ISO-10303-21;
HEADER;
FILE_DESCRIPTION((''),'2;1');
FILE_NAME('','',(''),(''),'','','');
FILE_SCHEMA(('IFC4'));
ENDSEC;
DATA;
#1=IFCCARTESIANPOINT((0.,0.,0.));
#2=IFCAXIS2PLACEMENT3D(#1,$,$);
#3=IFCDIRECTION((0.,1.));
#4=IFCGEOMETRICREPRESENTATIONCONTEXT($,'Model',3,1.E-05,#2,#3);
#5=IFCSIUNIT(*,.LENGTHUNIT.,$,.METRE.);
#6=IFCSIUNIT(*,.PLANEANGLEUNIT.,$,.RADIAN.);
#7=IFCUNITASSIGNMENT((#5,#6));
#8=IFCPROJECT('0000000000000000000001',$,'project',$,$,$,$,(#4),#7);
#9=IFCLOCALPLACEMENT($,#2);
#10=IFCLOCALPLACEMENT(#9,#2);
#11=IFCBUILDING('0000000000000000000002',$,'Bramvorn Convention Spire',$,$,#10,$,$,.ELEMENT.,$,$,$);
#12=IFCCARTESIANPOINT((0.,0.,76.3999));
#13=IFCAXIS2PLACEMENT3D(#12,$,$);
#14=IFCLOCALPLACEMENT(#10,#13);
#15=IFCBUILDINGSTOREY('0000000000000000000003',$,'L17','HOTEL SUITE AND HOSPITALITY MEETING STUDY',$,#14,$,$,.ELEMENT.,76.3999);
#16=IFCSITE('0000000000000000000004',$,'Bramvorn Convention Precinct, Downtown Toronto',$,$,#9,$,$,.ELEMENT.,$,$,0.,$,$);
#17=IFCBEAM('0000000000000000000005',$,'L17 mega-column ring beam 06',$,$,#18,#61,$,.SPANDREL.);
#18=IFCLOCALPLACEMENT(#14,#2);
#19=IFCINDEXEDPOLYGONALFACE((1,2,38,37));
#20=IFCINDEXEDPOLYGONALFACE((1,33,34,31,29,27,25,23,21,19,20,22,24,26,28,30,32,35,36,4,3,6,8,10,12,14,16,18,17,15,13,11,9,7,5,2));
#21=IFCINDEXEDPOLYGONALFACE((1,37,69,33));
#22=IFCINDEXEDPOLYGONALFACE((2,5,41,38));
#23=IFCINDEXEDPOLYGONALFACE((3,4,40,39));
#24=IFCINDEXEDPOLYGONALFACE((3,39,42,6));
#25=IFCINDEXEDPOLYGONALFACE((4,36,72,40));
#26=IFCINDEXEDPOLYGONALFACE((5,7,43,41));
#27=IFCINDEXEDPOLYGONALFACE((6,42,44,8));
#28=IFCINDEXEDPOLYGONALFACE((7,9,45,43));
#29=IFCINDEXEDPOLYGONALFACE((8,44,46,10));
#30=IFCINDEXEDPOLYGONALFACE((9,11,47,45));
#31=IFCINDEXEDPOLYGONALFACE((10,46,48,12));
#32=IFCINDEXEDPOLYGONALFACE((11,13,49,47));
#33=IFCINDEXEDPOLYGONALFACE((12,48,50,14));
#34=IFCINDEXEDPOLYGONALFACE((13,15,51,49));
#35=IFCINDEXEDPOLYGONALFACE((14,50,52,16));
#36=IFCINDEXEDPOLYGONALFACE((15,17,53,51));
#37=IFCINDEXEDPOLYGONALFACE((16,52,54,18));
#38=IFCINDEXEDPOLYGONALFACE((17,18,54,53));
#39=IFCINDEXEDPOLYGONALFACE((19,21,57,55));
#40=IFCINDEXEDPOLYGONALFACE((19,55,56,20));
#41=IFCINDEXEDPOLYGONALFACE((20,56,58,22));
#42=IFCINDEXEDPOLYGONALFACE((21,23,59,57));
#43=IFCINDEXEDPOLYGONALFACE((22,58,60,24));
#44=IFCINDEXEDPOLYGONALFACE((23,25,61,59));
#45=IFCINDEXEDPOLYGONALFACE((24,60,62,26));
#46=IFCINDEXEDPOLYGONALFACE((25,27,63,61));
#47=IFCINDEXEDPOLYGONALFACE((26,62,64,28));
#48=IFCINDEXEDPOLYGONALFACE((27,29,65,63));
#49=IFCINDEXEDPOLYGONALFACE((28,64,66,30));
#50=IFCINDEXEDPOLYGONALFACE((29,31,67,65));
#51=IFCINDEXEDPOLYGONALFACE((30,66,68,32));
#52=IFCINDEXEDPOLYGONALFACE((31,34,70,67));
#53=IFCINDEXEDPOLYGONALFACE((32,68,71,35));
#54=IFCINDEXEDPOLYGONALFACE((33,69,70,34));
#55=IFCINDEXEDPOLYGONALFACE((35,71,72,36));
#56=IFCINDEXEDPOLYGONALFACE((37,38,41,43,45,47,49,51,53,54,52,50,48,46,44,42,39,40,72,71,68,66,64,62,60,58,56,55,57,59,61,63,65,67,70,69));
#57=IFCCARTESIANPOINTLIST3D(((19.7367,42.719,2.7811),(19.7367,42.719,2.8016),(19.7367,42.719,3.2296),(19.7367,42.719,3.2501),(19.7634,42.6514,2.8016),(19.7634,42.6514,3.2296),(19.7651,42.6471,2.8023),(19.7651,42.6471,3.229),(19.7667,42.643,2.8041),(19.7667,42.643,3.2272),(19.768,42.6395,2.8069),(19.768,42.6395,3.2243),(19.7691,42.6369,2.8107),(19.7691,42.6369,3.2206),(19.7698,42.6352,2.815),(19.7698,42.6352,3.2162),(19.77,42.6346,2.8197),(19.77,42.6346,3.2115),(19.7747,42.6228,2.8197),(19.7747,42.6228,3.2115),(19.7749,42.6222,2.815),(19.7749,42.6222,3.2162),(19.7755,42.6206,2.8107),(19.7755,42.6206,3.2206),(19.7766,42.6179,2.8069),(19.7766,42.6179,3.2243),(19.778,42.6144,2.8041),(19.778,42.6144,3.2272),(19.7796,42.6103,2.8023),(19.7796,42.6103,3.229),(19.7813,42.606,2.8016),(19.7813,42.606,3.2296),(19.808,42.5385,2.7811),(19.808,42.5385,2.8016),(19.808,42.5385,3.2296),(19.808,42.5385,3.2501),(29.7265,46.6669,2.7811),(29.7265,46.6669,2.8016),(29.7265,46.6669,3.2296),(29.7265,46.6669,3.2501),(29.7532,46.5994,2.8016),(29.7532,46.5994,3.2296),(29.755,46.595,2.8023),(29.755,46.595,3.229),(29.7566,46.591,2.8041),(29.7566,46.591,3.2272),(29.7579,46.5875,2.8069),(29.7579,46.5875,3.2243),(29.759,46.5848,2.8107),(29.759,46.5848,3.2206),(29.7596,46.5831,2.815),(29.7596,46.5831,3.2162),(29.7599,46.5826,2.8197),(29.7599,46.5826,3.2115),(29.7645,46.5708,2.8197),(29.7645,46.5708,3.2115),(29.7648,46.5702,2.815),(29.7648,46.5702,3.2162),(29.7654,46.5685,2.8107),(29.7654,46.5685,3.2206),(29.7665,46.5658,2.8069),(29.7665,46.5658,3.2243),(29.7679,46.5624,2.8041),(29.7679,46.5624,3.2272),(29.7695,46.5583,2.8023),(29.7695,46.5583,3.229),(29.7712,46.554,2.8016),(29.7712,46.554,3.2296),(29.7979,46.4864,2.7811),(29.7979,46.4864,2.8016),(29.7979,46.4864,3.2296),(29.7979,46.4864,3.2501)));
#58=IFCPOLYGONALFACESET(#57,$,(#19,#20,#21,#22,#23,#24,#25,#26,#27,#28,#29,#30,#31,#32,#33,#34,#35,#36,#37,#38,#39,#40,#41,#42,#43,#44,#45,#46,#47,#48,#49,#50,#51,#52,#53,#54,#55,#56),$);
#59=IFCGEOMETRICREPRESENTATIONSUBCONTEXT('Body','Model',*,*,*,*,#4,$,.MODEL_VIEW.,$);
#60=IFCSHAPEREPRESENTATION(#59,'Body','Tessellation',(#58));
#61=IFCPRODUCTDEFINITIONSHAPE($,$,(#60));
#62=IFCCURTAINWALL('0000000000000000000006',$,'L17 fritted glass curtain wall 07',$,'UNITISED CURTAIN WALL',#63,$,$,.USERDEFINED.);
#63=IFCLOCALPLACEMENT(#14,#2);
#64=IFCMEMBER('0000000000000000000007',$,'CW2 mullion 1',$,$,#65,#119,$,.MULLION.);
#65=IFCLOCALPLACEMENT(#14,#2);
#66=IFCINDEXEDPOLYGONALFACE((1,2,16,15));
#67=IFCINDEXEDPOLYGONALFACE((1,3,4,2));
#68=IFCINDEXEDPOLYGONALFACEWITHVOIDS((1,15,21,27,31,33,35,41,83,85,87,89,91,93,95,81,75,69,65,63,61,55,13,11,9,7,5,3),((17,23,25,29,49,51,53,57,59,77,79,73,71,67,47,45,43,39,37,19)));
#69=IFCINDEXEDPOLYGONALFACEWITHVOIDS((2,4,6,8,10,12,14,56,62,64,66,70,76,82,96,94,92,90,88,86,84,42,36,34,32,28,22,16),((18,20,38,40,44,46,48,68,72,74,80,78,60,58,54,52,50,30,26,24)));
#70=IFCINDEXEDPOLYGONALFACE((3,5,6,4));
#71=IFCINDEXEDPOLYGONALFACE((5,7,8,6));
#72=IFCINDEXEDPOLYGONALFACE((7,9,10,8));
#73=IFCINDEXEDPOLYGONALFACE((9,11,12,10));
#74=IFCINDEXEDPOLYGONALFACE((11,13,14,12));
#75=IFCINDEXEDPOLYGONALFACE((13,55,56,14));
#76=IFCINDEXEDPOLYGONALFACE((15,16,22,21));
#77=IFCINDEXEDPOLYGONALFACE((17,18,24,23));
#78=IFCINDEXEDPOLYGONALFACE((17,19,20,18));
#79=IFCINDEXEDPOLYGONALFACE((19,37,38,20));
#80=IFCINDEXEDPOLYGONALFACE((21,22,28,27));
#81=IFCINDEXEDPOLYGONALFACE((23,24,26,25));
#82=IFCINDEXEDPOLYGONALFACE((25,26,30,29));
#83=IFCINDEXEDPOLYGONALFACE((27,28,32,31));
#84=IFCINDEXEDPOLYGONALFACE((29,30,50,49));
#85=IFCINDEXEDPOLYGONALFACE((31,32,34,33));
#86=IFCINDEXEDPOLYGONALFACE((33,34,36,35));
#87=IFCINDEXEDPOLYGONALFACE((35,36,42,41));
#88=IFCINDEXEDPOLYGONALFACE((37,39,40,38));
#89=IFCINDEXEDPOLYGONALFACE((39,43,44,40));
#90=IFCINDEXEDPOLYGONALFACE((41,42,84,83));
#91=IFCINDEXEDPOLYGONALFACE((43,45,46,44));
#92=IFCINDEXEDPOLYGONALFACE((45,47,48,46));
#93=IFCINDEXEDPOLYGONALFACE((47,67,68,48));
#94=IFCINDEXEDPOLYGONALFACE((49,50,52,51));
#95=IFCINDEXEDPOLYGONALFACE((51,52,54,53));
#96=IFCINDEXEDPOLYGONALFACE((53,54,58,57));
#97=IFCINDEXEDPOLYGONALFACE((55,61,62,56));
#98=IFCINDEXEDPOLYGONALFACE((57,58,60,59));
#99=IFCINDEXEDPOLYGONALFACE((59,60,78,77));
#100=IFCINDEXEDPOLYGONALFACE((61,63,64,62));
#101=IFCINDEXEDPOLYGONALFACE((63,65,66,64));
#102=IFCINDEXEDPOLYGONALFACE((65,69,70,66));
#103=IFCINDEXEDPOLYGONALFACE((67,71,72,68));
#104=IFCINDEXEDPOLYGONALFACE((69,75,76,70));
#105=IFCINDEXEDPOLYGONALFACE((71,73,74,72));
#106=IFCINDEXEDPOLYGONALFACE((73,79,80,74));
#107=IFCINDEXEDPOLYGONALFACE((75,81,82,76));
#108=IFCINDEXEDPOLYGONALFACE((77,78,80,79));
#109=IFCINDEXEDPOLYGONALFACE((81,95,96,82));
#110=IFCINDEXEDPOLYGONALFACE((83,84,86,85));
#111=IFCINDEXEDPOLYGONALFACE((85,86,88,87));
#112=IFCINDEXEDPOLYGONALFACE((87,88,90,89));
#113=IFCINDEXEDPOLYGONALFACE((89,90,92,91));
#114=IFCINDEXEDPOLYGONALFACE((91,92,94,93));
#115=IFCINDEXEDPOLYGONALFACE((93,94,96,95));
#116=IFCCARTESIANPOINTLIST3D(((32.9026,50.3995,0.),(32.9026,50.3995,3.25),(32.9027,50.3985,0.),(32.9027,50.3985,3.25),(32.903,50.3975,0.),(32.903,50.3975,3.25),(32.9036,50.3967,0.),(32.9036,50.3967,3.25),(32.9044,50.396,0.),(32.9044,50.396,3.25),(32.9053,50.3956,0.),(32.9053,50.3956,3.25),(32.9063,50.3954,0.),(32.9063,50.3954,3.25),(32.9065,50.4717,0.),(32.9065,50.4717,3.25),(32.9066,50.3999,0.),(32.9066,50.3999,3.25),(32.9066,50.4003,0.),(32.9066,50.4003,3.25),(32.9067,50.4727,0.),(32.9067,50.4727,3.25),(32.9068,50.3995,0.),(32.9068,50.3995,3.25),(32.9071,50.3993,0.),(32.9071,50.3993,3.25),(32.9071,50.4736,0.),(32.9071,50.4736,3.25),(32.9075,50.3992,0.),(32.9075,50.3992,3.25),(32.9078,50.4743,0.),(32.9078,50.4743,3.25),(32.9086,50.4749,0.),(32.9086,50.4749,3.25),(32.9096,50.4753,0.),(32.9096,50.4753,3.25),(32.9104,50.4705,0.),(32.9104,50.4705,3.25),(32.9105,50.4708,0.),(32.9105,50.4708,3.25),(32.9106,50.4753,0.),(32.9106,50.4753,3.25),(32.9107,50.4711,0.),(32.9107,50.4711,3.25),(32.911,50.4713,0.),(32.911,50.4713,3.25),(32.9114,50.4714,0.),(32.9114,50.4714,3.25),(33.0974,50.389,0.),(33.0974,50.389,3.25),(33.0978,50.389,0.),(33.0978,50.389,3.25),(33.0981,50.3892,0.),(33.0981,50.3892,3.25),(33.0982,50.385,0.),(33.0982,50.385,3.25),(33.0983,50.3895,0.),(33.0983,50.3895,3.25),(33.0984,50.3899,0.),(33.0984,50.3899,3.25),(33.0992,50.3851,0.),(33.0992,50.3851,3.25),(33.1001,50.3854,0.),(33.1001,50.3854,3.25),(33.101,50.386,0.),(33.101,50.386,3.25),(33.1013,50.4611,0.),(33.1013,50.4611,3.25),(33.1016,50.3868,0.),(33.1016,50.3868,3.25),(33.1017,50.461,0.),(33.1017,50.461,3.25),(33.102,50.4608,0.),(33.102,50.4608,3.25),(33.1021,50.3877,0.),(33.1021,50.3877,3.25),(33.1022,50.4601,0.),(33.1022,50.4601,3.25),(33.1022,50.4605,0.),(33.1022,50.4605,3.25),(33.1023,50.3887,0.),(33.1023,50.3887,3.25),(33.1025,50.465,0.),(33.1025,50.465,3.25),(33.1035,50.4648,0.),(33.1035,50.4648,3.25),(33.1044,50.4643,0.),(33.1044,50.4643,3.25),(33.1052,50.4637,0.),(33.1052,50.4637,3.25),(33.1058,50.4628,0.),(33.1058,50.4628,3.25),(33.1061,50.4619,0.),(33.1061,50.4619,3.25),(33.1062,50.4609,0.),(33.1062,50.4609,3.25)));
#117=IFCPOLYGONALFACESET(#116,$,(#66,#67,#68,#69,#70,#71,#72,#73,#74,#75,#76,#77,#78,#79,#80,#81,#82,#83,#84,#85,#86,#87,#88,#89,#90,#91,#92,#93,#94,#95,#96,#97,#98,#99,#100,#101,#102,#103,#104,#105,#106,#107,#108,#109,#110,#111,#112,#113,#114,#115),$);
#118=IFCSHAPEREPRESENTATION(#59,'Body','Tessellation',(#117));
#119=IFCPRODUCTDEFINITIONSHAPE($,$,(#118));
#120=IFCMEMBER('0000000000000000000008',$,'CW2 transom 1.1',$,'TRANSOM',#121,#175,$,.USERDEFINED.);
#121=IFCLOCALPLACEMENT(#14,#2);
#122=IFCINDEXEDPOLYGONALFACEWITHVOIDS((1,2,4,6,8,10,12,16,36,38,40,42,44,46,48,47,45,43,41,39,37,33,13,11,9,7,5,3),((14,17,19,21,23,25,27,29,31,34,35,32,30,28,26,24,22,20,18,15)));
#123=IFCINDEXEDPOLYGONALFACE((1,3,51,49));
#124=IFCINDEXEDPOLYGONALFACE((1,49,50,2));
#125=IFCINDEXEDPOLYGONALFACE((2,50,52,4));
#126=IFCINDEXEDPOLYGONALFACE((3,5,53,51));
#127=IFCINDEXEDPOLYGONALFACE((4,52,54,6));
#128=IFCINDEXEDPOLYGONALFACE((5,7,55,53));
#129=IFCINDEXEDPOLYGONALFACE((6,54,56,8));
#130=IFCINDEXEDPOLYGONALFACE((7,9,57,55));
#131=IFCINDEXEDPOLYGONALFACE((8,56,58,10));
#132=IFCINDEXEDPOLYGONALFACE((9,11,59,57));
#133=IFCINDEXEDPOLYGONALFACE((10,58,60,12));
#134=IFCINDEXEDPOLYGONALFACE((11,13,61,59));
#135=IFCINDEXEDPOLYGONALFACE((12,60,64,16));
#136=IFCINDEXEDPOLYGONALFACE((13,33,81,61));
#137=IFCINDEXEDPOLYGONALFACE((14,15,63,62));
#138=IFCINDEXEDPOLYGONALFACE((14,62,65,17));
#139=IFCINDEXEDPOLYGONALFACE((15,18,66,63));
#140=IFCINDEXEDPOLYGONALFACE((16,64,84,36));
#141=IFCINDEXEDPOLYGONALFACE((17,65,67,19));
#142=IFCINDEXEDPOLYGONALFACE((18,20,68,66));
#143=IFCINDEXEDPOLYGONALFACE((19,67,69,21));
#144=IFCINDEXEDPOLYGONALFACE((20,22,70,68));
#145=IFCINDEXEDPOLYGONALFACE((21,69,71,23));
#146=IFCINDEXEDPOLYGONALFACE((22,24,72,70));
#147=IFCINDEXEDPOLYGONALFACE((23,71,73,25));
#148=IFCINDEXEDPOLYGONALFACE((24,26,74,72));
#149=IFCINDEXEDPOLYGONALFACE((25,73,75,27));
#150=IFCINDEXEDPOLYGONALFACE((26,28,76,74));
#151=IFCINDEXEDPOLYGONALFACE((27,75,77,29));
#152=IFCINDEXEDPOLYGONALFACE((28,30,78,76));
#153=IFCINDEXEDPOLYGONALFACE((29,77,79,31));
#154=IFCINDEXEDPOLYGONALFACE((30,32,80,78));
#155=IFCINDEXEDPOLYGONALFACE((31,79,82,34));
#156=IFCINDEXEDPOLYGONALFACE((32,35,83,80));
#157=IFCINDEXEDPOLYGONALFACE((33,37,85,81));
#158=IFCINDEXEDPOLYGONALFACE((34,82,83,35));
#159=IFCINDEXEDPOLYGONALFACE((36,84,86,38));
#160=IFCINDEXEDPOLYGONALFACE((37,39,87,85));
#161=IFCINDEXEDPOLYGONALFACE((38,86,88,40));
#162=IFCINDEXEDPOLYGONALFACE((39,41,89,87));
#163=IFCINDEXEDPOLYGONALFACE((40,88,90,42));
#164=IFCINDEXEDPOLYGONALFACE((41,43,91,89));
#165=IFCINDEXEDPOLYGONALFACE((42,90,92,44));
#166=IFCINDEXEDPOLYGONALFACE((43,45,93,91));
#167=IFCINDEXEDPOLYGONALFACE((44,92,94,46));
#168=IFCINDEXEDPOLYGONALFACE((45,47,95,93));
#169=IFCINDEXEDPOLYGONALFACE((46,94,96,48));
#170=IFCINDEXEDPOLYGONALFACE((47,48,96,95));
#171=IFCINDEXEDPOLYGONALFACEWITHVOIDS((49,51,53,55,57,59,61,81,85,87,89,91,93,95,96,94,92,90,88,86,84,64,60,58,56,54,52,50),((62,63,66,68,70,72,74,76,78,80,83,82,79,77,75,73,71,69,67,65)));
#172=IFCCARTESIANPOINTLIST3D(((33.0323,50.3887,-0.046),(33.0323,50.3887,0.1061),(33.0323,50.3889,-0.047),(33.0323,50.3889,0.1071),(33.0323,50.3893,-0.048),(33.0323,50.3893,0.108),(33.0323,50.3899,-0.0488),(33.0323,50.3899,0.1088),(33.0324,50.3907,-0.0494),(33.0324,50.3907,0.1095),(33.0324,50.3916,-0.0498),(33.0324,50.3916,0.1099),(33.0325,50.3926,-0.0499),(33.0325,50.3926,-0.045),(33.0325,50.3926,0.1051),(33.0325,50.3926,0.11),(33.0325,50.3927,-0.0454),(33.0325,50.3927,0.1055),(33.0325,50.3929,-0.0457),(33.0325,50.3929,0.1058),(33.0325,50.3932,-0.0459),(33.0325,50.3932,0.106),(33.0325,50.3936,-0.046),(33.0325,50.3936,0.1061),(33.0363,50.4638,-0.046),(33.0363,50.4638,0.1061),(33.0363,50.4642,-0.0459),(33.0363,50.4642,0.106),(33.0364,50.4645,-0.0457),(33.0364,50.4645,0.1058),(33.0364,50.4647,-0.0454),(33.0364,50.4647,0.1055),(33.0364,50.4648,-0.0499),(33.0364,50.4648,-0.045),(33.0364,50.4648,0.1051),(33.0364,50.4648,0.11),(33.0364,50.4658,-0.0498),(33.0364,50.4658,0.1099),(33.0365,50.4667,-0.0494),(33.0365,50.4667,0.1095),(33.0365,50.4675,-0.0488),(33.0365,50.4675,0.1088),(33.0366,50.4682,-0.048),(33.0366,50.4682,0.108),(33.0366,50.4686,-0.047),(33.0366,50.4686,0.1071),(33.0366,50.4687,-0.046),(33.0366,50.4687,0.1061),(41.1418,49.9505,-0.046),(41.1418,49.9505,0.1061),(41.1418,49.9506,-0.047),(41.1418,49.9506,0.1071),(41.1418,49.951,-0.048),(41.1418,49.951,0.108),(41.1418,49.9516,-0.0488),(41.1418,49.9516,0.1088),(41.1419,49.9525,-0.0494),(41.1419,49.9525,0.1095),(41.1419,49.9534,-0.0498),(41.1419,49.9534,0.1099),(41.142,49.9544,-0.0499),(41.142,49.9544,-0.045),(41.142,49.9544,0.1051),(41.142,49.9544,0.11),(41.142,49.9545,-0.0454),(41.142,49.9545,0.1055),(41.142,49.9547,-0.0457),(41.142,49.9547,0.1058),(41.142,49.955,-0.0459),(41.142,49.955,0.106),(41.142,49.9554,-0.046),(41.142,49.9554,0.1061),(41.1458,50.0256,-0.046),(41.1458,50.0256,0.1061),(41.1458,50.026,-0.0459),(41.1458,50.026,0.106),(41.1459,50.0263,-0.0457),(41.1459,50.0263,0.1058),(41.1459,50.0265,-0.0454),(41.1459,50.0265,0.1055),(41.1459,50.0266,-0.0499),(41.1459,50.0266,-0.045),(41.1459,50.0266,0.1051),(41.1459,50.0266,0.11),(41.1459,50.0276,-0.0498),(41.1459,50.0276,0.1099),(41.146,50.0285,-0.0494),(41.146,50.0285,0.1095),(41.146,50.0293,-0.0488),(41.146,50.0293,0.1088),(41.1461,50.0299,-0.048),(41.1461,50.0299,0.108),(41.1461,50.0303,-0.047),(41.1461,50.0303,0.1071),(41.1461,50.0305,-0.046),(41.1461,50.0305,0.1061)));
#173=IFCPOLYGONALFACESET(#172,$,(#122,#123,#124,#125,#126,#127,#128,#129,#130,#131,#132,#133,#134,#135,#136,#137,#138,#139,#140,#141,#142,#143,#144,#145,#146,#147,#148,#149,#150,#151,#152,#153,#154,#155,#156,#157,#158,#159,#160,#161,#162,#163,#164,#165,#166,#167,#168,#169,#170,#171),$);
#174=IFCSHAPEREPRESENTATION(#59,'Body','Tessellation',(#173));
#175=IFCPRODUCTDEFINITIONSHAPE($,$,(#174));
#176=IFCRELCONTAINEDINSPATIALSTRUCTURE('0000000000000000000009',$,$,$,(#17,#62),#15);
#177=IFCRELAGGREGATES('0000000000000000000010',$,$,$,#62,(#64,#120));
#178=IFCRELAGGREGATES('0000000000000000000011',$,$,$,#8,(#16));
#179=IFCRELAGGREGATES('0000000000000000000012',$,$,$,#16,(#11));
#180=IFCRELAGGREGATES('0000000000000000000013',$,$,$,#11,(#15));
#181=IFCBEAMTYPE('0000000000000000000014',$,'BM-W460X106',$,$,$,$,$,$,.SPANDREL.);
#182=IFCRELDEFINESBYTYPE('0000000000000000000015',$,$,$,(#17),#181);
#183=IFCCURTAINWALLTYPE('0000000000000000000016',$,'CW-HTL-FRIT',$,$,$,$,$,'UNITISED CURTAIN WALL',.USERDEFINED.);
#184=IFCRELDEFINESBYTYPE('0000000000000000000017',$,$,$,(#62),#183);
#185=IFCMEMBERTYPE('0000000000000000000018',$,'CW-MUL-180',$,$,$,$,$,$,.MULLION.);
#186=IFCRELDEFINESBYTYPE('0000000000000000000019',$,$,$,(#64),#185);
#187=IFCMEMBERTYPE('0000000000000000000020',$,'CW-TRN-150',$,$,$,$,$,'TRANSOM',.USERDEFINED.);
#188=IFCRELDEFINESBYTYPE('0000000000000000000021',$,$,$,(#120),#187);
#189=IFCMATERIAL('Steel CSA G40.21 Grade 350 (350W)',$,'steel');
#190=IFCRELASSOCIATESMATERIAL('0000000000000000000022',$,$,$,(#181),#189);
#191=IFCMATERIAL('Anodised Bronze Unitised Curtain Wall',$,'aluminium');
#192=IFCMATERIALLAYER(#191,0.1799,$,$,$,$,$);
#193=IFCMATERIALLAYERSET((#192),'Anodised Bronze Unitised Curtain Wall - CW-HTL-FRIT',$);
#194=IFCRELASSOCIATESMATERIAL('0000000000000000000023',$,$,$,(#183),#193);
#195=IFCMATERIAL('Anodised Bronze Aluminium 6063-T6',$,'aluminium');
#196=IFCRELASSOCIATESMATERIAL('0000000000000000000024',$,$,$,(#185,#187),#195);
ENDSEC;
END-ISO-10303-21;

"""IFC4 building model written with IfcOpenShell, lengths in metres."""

from ifc_helpers import new_model, si_unit, direction, frame, origin, origin_2d, place, context, subcontext, project, spatial, hollow_rectangle, i_section, extrude, material, layer, layer_set, material_profile, profile_set, type_object, element, aggregate, save


model = new_model("IFC4")

# Units and contexts
model_context = context("Model", 3, precision=1e-05, world=origin(), true_north=direction((0.0, 1.0)))
body_context = subcontext(model_context, "Body", "Model", "MODEL_VIEW")
ifc_project = project(units=[si_unit("LENGTHUNIT", "METRE"), si_unit("PLANEANGLEUNIT", "RADIAN")], contexts=[model_context])

# Site, building, storey
site_placement = place(None, origin())
site = spatial("IfcSite", under=ifc_project, at=site_placement, Name="Bramvorn Convention Precinct, Downtown Toronto", CompositionType="ELEMENT", RefElevation=0.0)
building_placement = place(site_placement, origin())
building = spatial("IfcBuilding", under=site, at=building_placement, Name="Bramvorn Convention Spire", CompositionType="ELEMENT")
storey_placement = place(building_placement, frame((0.0, 0.0, 76.3999)))
storey = spatial("IfcBuildingStorey", under=building, at=storey_placement, Name="L17", Description="HOTEL SUITE AND HOSPITALITY MEETING STUDY", CompositionType="ELEMENT", Elevation=76.3999)

# Shared definitions
ifc_material_1 = material(Name="Steel CSA G40.21 Grade 350 (350W)", Category="steel")

# Beam
ifc_material_profile_1 = material_profile(ifc_material_1, i_section(OverallWidth=0.1941, OverallDepth=0.469, WebThickness=0.0127, FlangeThickness=0.0205, FilletRadius=0.0181, at=origin_2d()))
ifc_profile_set_1 = profile_set([ifc_material_profile_1], Name="Steel CSA G40.21 Grade 350 (350W) - W460X106")
beam_type_1 = type_object("IfcBeamType", Name="BM-W460X106", PredefinedType="SPANDREL", material=ifc_profile_set_1)
beam_1_placement = place(storey_placement, frame((29.7622, 46.5767, 3.0156), z_axis=(-0.93001, -0.367535, 0.0), x_axis=(0.367535, -0.93001, 0.0)))
element("IfcBeam", 1, at=beam_1_placement, inside=storey, type_object=beam_type_1, Name="L17 mega-column ring beam 06", PredefinedType="SPANDREL", context=body_context, shape_type="SweptSolid", body=[
    extrude(i_section(OverallWidth=0.1941, OverallDepth=0.469, WebThickness=0.0127, FlangeThickness=0.0205, FilletRadius=0.0181, at=origin_2d()), origin(), (0.0, 0.0, 1.0), 10.7417),
])

# Curtain wall, members
ifc_material_2 = material(Name="Anodised Bronze Unitised Curtain Wall", Category="aluminium")
ifc_layer_1 = layer(ifc_material_2, 0.1799)
ifc_layer_set_1 = layer_set([ifc_layer_1], Name="Anodised Bronze Unitised Curtain Wall - CW-HTL-FRIT")
curtain_wall_type = type_object("IfcCurtainWallType", Name="CW-HTL-FRIT", ElementType="UNITISED CURTAIN WALL", PredefinedType="USERDEFINED", material=ifc_layer_set_1)
curtain_wall_placement = place(storey_placement, origin())
curtain_wall = element("IfcCurtainWall", 2, at=curtain_wall_placement, inside=storey, type_object=curtain_wall_type, Name="L17 fritted glass curtain wall 07", ObjectType="UNITISED CURTAIN WALL", PredefinedType="USERDEFINED")
ifc_material_3 = material(Name="Anodised Bronze Aluminium 6063-T6", Category="aluminium")
ifc_material_profile_2 = material_profile(ifc_material_3, hollow_rectangle(XDim=0.0801, YDim=0.2, WallThickness=0.0039, InnerFilletRadius=0.001, OuterFilletRadius=0.0039, at=origin_2d()))
ifc_profile_set_2 = profile_set([ifc_material_profile_2], Name="Anodised Bronze Aluminium 6063-T6 - CWM80X200")
member_type_1 = type_object("IfcMemberType", Name="CW-MUL-180", PredefinedType="MULLION", material=ifc_profile_set_2)
member_1_placement = place(storey_placement, frame((33.0044, 50.4302, 0.0), z_axis=(0.0, 0.0, 1.0), x_axis=(0.053959, 0.998543, 0.0)))
member_1 = element("IfcMember", 3, at=member_1_placement, type_object=member_type_1, Name="CW2 mullion 1", PredefinedType="MULLION", context=body_context, shape_type="SweptSolid", body=[
    extrude(hollow_rectangle(XDim=0.0801, YDim=0.2, WallThickness=0.0039, InnerFilletRadius=0.001, OuterFilletRadius=0.0039, at=origin_2d()), origin(), (0.0, 0.0, 1.0), 3.25),
])
ifc_material_profile_3 = material_profile(ifc_material_3, hollow_rectangle(XDim=0.0801, YDim=0.1599, WallThickness=0.0039, InnerFilletRadius=0.001, OuterFilletRadius=0.0039, at=origin_2d()))
ifc_profile_set_3 = profile_set([ifc_material_profile_3], Name="Anodised Bronze Aluminium 6063-T6 - CWT80X160")
member_type_2 = type_object("IfcMemberType", Name="CW-TRN-150", ElementType="TRANSOM", PredefinedType="USERDEFINED", material=ifc_profile_set_3)
member_2_placement = place(storey_placement, frame((33.0344, 50.4287, 0.03), z_axis=(0.998543, -0.05396, 0.0), x_axis=(0.05396, 0.998543, 0.0)))
member_2 = element("IfcMember", 4, at=member_2_placement, type_object=member_type_2, Name="CW2 transom 1.1", ObjectType="TRANSOM", PredefinedType="USERDEFINED", context=body_context, shape_type="SweptSolid", body=[
    extrude(hollow_rectangle(XDim=0.0801, YDim=0.1599, WallThickness=0.0039, InnerFilletRadius=0.001, OuterFilletRadius=0.0039, at=origin_2d()), origin(), (0.0, 0.0, 1.0), 8.1213),
])
aggregate(curtain_wall, [member_1, member_2])

save(model, "model.ifc")
